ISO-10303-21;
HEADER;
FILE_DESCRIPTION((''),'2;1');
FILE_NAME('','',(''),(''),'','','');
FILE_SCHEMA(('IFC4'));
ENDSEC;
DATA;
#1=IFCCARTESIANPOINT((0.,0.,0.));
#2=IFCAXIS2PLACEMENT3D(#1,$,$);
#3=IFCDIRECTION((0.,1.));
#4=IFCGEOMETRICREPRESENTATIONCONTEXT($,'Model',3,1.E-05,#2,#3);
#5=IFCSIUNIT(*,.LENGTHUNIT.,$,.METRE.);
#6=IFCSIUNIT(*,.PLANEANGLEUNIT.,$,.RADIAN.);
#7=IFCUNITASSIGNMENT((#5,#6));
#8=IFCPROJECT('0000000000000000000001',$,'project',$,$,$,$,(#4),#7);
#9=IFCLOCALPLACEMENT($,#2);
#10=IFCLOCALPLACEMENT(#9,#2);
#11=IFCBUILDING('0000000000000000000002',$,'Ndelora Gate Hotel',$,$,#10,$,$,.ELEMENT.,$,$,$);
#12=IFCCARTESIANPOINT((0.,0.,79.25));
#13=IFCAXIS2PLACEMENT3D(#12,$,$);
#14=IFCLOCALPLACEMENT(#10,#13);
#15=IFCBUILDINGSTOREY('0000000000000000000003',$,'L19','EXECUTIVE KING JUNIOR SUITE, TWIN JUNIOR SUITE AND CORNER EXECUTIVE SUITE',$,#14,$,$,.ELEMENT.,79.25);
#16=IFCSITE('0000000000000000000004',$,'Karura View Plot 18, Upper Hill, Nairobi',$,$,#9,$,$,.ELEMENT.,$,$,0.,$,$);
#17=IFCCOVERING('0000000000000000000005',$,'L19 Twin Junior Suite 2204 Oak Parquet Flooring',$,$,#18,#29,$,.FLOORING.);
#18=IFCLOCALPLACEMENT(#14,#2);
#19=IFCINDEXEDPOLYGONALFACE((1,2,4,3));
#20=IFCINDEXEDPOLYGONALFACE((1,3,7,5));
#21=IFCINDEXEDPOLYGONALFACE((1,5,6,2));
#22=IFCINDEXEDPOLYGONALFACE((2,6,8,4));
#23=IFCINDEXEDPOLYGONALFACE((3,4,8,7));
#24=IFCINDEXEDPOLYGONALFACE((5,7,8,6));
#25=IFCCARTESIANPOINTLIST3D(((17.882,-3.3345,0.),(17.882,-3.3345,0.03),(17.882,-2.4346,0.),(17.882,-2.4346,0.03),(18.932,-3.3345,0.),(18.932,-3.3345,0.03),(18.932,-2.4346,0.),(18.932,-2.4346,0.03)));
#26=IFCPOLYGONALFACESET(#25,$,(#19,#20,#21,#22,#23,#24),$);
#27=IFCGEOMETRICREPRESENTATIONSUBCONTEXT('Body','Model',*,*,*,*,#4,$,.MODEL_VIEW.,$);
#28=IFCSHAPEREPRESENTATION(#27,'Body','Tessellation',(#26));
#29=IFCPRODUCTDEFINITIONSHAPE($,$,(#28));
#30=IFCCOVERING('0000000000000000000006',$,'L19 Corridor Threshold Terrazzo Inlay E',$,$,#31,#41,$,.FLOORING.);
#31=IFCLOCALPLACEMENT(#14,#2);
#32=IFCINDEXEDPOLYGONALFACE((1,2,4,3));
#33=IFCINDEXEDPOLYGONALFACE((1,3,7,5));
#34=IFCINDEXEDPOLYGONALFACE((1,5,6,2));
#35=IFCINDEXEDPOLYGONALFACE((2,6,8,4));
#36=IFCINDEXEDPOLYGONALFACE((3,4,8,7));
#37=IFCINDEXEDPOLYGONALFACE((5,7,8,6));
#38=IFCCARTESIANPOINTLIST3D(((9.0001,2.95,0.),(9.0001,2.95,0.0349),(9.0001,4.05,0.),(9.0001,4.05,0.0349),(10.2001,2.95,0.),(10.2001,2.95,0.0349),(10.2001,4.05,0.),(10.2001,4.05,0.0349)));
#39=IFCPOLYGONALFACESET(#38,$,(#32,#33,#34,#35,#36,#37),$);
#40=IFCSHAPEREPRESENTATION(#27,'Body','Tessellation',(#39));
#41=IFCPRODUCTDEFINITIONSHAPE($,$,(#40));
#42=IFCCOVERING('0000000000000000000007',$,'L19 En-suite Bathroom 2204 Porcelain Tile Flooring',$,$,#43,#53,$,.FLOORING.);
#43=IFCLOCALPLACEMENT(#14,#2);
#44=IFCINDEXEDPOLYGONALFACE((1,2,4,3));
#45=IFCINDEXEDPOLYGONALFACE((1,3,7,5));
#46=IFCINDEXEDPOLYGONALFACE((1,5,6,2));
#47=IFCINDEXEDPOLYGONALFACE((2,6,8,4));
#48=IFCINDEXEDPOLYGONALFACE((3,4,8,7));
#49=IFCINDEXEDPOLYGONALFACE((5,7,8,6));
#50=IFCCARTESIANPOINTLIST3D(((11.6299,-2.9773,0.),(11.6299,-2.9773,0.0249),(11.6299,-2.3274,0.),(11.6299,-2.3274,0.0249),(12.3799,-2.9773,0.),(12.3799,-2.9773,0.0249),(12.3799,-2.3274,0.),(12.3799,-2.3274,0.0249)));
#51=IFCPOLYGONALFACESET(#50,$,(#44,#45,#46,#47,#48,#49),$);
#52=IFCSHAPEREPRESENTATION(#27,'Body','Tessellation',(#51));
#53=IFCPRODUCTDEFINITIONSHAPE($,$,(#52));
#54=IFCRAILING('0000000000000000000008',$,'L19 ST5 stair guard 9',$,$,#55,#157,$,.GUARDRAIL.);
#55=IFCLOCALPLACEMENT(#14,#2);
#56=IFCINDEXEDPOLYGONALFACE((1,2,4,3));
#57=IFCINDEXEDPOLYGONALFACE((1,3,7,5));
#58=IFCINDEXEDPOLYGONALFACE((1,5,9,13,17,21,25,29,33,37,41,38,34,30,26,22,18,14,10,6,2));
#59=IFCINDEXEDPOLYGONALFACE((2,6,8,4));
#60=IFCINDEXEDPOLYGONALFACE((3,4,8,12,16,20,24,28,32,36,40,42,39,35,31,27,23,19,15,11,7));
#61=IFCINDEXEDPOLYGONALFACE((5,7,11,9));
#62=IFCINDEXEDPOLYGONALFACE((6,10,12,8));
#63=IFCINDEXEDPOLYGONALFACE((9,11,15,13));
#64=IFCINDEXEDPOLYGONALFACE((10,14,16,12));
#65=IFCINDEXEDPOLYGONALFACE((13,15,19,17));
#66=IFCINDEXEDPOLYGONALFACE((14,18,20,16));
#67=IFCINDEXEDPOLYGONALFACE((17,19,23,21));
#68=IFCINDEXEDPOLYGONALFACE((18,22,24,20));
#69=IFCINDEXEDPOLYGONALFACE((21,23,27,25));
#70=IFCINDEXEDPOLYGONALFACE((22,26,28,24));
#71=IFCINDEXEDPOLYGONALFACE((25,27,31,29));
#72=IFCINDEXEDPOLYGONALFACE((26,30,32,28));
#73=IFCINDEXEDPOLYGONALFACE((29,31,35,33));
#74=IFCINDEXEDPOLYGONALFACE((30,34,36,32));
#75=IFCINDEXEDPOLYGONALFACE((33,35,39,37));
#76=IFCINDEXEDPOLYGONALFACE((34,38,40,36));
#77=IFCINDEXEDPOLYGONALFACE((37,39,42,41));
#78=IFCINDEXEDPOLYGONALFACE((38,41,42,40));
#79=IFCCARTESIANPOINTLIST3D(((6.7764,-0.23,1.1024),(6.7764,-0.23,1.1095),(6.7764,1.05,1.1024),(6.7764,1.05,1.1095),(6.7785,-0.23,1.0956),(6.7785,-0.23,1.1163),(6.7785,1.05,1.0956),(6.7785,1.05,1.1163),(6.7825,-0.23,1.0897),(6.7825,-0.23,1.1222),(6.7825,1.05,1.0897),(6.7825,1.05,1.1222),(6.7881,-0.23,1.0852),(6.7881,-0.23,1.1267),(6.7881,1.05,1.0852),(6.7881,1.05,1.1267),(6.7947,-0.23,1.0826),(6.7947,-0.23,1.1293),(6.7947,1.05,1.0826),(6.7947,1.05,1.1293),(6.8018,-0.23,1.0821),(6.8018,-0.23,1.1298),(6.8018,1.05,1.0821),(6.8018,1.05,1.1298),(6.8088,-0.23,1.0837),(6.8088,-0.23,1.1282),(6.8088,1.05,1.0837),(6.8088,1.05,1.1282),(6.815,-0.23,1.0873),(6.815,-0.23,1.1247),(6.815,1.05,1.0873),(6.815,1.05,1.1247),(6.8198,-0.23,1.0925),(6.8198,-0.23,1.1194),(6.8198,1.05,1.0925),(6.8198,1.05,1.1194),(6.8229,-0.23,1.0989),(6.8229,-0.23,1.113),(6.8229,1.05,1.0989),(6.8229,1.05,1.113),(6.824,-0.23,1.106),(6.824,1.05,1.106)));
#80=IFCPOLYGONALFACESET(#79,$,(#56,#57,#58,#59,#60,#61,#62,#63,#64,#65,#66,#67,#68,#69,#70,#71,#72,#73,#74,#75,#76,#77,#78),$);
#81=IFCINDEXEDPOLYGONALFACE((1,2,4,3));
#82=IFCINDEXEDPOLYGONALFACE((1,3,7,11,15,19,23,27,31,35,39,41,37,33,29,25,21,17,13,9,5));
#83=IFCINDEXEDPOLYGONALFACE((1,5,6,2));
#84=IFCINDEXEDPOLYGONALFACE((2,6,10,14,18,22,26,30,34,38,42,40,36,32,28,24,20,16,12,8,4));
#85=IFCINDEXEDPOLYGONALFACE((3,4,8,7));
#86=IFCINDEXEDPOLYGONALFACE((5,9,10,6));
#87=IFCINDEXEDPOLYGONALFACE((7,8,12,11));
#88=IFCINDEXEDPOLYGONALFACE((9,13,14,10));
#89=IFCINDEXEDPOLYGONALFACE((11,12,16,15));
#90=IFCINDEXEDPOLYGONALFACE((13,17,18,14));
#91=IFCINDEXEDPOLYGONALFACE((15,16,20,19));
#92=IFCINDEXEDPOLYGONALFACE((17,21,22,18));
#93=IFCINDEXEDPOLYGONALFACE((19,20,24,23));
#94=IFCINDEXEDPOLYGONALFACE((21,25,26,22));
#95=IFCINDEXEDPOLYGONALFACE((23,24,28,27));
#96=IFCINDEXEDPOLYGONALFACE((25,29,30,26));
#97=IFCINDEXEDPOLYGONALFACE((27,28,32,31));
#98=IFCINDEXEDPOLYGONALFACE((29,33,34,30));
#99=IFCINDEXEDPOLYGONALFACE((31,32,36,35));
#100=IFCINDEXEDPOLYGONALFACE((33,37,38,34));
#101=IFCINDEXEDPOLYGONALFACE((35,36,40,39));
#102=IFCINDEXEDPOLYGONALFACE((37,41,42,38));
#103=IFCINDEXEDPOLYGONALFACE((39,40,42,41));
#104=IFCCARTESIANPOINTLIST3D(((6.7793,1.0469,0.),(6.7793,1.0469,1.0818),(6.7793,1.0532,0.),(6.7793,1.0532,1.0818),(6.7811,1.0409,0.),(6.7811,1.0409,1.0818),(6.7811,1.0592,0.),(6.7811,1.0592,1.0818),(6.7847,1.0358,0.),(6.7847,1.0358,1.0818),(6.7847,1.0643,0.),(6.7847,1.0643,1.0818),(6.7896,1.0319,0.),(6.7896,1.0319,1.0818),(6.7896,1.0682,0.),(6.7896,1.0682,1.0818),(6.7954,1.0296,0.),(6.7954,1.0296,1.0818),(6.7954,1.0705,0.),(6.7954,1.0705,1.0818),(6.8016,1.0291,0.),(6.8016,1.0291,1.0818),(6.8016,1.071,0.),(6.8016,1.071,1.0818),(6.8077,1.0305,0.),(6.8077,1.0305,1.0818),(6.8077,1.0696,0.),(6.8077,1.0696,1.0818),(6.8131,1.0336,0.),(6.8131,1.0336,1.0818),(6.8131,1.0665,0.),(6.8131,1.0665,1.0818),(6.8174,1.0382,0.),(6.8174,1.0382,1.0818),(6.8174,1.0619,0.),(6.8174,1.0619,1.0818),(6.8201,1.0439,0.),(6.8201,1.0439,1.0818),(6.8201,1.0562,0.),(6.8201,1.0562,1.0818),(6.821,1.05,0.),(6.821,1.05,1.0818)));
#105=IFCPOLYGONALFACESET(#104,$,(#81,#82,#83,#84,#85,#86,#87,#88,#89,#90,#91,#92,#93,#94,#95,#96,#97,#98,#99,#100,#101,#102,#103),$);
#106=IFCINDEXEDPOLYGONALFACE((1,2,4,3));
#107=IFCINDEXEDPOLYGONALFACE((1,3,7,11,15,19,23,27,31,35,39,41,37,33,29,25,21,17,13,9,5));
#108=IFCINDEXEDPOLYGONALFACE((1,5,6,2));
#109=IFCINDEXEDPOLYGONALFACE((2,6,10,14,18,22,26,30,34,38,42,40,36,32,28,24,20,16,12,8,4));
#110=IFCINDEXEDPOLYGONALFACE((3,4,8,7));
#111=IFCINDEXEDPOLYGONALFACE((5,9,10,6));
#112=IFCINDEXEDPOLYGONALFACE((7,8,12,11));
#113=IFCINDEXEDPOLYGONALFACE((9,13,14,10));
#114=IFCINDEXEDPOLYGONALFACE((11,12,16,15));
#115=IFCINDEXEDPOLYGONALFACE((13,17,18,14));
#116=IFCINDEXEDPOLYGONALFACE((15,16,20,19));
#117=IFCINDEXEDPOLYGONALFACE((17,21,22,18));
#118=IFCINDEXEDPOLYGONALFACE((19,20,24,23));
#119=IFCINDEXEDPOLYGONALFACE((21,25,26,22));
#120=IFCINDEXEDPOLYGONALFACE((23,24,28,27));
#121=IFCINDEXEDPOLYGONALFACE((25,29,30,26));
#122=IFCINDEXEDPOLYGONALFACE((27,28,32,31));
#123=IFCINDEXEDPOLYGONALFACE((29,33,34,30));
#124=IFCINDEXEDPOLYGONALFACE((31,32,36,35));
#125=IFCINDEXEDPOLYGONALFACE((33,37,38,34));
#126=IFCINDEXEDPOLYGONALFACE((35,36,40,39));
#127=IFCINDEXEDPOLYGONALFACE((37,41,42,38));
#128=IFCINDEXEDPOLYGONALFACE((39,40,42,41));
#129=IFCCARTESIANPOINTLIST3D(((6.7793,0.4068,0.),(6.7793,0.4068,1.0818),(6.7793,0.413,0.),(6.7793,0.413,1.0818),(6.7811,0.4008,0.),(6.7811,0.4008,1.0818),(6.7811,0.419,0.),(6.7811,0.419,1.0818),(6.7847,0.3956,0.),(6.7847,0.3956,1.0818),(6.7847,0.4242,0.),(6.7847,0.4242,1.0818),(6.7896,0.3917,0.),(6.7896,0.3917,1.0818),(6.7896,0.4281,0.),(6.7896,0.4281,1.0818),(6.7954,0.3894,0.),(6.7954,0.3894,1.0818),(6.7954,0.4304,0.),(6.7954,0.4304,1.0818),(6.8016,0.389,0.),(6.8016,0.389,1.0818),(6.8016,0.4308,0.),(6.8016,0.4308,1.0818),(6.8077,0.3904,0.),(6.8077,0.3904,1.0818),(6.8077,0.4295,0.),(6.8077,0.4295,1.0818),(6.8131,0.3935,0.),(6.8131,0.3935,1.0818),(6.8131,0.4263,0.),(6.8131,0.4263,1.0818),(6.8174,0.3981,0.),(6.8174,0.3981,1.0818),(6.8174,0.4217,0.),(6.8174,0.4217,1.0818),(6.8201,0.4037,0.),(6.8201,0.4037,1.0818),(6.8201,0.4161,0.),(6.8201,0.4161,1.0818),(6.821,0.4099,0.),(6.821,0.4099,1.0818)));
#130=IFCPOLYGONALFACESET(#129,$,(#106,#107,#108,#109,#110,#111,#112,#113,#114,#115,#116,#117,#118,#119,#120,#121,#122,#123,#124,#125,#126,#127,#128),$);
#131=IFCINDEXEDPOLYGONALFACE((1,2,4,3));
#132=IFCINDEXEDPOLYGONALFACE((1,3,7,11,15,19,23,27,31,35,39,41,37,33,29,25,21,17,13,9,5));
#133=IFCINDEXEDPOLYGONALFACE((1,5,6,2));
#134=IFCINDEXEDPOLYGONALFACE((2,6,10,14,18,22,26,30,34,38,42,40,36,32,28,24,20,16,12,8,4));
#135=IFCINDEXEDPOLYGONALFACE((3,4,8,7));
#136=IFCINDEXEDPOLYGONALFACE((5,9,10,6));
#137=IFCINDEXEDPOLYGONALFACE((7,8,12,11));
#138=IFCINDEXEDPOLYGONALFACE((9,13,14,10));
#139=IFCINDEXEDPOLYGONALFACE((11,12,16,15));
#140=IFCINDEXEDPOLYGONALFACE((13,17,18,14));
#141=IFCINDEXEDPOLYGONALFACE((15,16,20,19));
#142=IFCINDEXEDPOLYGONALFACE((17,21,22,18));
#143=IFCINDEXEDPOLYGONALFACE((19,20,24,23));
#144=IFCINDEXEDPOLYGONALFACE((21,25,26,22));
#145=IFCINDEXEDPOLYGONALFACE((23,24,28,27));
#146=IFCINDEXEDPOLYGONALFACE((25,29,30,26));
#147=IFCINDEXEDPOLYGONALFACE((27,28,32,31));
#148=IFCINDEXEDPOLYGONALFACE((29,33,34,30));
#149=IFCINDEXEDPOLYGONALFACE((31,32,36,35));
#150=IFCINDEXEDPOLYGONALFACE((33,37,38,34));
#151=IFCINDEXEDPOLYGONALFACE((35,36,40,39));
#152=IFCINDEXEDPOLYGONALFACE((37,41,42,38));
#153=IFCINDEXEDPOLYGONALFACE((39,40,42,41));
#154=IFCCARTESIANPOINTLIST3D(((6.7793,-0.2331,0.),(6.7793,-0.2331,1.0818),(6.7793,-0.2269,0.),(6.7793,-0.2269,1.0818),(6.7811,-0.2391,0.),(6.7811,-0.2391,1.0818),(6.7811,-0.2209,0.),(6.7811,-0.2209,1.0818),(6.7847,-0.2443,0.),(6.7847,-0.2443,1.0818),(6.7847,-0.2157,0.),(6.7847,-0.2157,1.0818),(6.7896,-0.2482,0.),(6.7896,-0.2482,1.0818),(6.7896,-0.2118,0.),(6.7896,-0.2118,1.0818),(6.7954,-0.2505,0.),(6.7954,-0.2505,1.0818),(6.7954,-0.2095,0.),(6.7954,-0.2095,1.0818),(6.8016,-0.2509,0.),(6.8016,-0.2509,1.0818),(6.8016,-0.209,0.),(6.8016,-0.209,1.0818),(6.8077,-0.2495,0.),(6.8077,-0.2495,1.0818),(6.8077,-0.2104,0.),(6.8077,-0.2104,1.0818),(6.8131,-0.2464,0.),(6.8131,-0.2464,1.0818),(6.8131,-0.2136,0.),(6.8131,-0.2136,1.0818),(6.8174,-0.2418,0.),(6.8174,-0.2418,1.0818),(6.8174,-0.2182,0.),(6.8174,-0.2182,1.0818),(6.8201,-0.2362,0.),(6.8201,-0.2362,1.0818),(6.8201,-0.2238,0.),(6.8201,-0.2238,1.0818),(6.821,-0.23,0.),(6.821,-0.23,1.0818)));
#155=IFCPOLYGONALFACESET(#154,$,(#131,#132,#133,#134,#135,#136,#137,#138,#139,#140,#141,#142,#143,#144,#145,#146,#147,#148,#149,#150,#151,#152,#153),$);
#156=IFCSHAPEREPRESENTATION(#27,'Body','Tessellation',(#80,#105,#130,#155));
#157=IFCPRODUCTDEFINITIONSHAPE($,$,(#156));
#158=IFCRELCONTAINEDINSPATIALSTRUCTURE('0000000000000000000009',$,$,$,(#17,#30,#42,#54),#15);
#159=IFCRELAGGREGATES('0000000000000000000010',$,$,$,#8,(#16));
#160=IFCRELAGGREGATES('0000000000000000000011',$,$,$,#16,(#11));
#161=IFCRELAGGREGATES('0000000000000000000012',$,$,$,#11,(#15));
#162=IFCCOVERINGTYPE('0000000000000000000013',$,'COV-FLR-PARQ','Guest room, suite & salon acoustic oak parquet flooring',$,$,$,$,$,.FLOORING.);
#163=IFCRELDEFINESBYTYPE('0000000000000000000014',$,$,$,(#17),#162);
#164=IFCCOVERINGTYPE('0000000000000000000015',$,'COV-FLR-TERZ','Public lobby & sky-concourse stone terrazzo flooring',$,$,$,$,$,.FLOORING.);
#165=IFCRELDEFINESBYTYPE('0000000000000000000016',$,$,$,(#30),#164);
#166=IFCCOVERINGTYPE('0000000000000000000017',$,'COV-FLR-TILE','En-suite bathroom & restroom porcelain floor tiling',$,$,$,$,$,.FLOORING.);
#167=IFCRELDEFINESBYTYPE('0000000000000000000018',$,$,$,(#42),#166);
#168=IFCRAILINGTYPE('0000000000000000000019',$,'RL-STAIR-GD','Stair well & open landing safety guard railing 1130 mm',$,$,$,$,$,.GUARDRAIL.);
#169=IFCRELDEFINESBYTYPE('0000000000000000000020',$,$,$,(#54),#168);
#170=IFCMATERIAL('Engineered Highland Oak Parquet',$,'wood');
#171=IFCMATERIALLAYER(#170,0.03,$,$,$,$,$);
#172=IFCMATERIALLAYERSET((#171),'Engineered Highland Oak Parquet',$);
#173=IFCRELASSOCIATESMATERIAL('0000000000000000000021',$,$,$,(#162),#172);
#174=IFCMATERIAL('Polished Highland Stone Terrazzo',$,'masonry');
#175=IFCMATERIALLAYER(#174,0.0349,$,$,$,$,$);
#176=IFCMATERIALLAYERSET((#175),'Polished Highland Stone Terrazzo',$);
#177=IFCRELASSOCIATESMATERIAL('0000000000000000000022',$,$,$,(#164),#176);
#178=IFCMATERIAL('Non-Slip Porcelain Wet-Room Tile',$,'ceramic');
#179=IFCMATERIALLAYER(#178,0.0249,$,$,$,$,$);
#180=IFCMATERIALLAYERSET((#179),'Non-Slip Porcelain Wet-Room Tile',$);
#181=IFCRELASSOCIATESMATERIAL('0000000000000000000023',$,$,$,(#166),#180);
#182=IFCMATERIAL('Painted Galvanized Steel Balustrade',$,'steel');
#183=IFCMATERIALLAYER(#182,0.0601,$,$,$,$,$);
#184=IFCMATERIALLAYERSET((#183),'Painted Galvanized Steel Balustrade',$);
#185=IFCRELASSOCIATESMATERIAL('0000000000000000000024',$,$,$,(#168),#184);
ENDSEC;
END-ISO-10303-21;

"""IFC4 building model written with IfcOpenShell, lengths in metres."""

from ifc_helpers import new_model, si_unit, direction, frame, origin, origin_2d, place, context, subcontext, project, spatial, rectangle, circle, extrude, material, layer, layer_set, type_object, element, save


model = new_model("IFC4")

# Units and contexts
model_context = context("Model", 3, precision=1e-05, world=origin(), true_north=direction((0.0, 1.0)))
body_context = subcontext(model_context, "Body", "Model", "MODEL_VIEW")
ifc_project = project(units=[si_unit("LENGTHUNIT", "METRE"), si_unit("PLANEANGLEUNIT", "RADIAN")], contexts=[model_context])

# Site, building, storey
site_placement = place(None, origin())
site = spatial("IfcSite", under=ifc_project, at=site_placement, Name="Karura View Plot 18, Upper Hill, Nairobi", CompositionType="ELEMENT", RefElevation=0.0)
building_placement = place(site_placement, origin())
building = spatial("IfcBuilding", under=site, at=building_placement, Name="Ndelora Gate Hotel", CompositionType="ELEMENT")
storey_placement = place(building_placement, frame((0.0, 0.0, 79.25)))
storey = spatial("IfcBuildingStorey", under=building, at=storey_placement, Name="L19", Description="EXECUTIVE KING JUNIOR SUITE, TWIN JUNIOR SUITE AND CORNER EXECUTIVE SUITE", CompositionType="ELEMENT", Elevation=79.25)

# Coverings
ifc_material_1 = material(Name="Engineered Highland Oak Parquet", Category="wood")
ifc_layer_1 = layer(ifc_material_1, 0.03)
ifc_layer_set_1 = layer_set([ifc_layer_1], Name="Engineered Highland Oak Parquet")
covering_type_1 = type_object("IfcCoveringType", Name="COV-FLR-PARQ", Description="Guest room, suite & salon acoustic oak parquet flooring", PredefinedType="FLOORING", material=ifc_layer_set_1)
covering_1_placement = place(storey_placement, frame((18.407, -2.8845, 0.0), z_axis=(0.0, 0.0, 1.0), x_axis=(1.0, 0.0, 0.0)))
element("IfcCovering", 1, at=covering_1_placement, inside=storey, type_object=covering_type_1, Name="L19 Twin Junior Suite 2204 Oak Parquet Flooring", PredefinedType="FLOORING", context=body_context, shape_type="SweptSolid", body=[
    extrude(rectangle(XDim=1.05, YDim=0.8999, at=origin_2d()), origin(), (0.0, 0.0, 1.0), 0.03),
])
ifc_material_2 = material(Name="Polished Highland Stone Terrazzo", Category="masonry")
ifc_layer_2 = layer(ifc_material_2, 0.0349)
ifc_layer_set_2 = layer_set([ifc_layer_2], Name="Polished Highland Stone Terrazzo")
covering_type_2 = type_object("IfcCoveringType", Name="COV-FLR-TERZ", Description="Public lobby & sky-concourse stone terrazzo flooring", PredefinedType="FLOORING", material=ifc_layer_set_2)
covering_2_placement = place(storey_placement, frame((9.6001, 3.5, 0.0), z_axis=(0.0, 0.0, 1.0), x_axis=(1.0, 0.0, 0.0)))
element("IfcCovering", 2, at=covering_2_placement, inside=storey, type_object=covering_type_2, Name="L19 Corridor Threshold Terrazzo Inlay E", PredefinedType="FLOORING", context=body_context, shape_type="SweptSolid", body=[
    extrude(rectangle(XDim=1.2, YDim=1.1001, at=origin_2d()), origin(), (0.0, 0.0, 1.0), 0.0349),
])
ifc_material_3 = material(Name="Non-Slip Porcelain Wet-Room Tile", Category="ceramic")
ifc_layer_3 = layer(ifc_material_3, 0.0249)
ifc_layer_set_3 = layer_set([ifc_layer_3], Name="Non-Slip Porcelain Wet-Room Tile")
covering_type_3 = type_object("IfcCoveringType", Name="COV-FLR-TILE", Description="En-suite bathroom & restroom porcelain floor tiling", PredefinedType="FLOORING", material=ifc_layer_set_3)
covering_3_placement = place(storey_placement, frame((12.0049, -2.6523, 0.0), z_axis=(0.0, 0.0, 1.0), x_axis=(1.0, 0.0, 0.0)))
element("IfcCovering", 3, at=covering_3_placement, inside=storey, type_object=covering_type_3, Name="L19 En-suite Bathroom 2204 Porcelain Tile Flooring", PredefinedType="FLOORING", context=body_context, shape_type="SweptSolid", body=[
    extrude(rectangle(XDim=0.75, YDim=0.6499, at=origin_2d()), origin(), (0.0, 0.0, 1.0), 0.0249),
])

# Railing
ifc_material_4 = material(Name="Painted Galvanized Steel Balustrade", Category="steel")
ifc_layer_4 = layer(ifc_material_4, 0.0601)
ifc_layer_set_4 = layer_set([ifc_layer_4], Name="Painted Galvanized Steel Balustrade")
railing_type_1 = type_object("IfcRailingType", Name="RL-STAIR-GD", Description="Stair well & open landing safety guard railing 1130 mm", PredefinedType="GUARDRAIL", material=ifc_layer_set_4)
railing_1_placement = place(storey_placement, frame((6.8, 1.05, 0.0)))
element("IfcRailing", 4, at=railing_1_placement, inside=storey, type_object=railing_type_1, Name="L19 ST5 stair guard 9", PredefinedType="GUARDRAIL", context=body_context, shape_type="SweptSolid", body=[
    extrude(circle(Radius=0.0239, at=origin_2d()), frame((0.0, 0.0, 1.106), z_axis=(0.0, -1.0, 0.0), x_axis=(1.0, 0.0, 0.0)), (0.0, 0.0, 1.0), 1.28),
    extrude(circle(Radius=0.021, at=origin_2d()), origin(), (0.0, 0.0, 1.0), 1.0818),
    extrude(circle(Radius=0.021, at=origin_2d()), frame((0.0, -0.6401, 0.0)), (0.0, 0.0, 1.0), 1.0818),
    extrude(circle(Radius=0.021, at=origin_2d()), frame((0.0, -1.28, 0.0)), (0.0, 0.0, 1.0), 1.0818),
])

save(model, "model.ifc")
